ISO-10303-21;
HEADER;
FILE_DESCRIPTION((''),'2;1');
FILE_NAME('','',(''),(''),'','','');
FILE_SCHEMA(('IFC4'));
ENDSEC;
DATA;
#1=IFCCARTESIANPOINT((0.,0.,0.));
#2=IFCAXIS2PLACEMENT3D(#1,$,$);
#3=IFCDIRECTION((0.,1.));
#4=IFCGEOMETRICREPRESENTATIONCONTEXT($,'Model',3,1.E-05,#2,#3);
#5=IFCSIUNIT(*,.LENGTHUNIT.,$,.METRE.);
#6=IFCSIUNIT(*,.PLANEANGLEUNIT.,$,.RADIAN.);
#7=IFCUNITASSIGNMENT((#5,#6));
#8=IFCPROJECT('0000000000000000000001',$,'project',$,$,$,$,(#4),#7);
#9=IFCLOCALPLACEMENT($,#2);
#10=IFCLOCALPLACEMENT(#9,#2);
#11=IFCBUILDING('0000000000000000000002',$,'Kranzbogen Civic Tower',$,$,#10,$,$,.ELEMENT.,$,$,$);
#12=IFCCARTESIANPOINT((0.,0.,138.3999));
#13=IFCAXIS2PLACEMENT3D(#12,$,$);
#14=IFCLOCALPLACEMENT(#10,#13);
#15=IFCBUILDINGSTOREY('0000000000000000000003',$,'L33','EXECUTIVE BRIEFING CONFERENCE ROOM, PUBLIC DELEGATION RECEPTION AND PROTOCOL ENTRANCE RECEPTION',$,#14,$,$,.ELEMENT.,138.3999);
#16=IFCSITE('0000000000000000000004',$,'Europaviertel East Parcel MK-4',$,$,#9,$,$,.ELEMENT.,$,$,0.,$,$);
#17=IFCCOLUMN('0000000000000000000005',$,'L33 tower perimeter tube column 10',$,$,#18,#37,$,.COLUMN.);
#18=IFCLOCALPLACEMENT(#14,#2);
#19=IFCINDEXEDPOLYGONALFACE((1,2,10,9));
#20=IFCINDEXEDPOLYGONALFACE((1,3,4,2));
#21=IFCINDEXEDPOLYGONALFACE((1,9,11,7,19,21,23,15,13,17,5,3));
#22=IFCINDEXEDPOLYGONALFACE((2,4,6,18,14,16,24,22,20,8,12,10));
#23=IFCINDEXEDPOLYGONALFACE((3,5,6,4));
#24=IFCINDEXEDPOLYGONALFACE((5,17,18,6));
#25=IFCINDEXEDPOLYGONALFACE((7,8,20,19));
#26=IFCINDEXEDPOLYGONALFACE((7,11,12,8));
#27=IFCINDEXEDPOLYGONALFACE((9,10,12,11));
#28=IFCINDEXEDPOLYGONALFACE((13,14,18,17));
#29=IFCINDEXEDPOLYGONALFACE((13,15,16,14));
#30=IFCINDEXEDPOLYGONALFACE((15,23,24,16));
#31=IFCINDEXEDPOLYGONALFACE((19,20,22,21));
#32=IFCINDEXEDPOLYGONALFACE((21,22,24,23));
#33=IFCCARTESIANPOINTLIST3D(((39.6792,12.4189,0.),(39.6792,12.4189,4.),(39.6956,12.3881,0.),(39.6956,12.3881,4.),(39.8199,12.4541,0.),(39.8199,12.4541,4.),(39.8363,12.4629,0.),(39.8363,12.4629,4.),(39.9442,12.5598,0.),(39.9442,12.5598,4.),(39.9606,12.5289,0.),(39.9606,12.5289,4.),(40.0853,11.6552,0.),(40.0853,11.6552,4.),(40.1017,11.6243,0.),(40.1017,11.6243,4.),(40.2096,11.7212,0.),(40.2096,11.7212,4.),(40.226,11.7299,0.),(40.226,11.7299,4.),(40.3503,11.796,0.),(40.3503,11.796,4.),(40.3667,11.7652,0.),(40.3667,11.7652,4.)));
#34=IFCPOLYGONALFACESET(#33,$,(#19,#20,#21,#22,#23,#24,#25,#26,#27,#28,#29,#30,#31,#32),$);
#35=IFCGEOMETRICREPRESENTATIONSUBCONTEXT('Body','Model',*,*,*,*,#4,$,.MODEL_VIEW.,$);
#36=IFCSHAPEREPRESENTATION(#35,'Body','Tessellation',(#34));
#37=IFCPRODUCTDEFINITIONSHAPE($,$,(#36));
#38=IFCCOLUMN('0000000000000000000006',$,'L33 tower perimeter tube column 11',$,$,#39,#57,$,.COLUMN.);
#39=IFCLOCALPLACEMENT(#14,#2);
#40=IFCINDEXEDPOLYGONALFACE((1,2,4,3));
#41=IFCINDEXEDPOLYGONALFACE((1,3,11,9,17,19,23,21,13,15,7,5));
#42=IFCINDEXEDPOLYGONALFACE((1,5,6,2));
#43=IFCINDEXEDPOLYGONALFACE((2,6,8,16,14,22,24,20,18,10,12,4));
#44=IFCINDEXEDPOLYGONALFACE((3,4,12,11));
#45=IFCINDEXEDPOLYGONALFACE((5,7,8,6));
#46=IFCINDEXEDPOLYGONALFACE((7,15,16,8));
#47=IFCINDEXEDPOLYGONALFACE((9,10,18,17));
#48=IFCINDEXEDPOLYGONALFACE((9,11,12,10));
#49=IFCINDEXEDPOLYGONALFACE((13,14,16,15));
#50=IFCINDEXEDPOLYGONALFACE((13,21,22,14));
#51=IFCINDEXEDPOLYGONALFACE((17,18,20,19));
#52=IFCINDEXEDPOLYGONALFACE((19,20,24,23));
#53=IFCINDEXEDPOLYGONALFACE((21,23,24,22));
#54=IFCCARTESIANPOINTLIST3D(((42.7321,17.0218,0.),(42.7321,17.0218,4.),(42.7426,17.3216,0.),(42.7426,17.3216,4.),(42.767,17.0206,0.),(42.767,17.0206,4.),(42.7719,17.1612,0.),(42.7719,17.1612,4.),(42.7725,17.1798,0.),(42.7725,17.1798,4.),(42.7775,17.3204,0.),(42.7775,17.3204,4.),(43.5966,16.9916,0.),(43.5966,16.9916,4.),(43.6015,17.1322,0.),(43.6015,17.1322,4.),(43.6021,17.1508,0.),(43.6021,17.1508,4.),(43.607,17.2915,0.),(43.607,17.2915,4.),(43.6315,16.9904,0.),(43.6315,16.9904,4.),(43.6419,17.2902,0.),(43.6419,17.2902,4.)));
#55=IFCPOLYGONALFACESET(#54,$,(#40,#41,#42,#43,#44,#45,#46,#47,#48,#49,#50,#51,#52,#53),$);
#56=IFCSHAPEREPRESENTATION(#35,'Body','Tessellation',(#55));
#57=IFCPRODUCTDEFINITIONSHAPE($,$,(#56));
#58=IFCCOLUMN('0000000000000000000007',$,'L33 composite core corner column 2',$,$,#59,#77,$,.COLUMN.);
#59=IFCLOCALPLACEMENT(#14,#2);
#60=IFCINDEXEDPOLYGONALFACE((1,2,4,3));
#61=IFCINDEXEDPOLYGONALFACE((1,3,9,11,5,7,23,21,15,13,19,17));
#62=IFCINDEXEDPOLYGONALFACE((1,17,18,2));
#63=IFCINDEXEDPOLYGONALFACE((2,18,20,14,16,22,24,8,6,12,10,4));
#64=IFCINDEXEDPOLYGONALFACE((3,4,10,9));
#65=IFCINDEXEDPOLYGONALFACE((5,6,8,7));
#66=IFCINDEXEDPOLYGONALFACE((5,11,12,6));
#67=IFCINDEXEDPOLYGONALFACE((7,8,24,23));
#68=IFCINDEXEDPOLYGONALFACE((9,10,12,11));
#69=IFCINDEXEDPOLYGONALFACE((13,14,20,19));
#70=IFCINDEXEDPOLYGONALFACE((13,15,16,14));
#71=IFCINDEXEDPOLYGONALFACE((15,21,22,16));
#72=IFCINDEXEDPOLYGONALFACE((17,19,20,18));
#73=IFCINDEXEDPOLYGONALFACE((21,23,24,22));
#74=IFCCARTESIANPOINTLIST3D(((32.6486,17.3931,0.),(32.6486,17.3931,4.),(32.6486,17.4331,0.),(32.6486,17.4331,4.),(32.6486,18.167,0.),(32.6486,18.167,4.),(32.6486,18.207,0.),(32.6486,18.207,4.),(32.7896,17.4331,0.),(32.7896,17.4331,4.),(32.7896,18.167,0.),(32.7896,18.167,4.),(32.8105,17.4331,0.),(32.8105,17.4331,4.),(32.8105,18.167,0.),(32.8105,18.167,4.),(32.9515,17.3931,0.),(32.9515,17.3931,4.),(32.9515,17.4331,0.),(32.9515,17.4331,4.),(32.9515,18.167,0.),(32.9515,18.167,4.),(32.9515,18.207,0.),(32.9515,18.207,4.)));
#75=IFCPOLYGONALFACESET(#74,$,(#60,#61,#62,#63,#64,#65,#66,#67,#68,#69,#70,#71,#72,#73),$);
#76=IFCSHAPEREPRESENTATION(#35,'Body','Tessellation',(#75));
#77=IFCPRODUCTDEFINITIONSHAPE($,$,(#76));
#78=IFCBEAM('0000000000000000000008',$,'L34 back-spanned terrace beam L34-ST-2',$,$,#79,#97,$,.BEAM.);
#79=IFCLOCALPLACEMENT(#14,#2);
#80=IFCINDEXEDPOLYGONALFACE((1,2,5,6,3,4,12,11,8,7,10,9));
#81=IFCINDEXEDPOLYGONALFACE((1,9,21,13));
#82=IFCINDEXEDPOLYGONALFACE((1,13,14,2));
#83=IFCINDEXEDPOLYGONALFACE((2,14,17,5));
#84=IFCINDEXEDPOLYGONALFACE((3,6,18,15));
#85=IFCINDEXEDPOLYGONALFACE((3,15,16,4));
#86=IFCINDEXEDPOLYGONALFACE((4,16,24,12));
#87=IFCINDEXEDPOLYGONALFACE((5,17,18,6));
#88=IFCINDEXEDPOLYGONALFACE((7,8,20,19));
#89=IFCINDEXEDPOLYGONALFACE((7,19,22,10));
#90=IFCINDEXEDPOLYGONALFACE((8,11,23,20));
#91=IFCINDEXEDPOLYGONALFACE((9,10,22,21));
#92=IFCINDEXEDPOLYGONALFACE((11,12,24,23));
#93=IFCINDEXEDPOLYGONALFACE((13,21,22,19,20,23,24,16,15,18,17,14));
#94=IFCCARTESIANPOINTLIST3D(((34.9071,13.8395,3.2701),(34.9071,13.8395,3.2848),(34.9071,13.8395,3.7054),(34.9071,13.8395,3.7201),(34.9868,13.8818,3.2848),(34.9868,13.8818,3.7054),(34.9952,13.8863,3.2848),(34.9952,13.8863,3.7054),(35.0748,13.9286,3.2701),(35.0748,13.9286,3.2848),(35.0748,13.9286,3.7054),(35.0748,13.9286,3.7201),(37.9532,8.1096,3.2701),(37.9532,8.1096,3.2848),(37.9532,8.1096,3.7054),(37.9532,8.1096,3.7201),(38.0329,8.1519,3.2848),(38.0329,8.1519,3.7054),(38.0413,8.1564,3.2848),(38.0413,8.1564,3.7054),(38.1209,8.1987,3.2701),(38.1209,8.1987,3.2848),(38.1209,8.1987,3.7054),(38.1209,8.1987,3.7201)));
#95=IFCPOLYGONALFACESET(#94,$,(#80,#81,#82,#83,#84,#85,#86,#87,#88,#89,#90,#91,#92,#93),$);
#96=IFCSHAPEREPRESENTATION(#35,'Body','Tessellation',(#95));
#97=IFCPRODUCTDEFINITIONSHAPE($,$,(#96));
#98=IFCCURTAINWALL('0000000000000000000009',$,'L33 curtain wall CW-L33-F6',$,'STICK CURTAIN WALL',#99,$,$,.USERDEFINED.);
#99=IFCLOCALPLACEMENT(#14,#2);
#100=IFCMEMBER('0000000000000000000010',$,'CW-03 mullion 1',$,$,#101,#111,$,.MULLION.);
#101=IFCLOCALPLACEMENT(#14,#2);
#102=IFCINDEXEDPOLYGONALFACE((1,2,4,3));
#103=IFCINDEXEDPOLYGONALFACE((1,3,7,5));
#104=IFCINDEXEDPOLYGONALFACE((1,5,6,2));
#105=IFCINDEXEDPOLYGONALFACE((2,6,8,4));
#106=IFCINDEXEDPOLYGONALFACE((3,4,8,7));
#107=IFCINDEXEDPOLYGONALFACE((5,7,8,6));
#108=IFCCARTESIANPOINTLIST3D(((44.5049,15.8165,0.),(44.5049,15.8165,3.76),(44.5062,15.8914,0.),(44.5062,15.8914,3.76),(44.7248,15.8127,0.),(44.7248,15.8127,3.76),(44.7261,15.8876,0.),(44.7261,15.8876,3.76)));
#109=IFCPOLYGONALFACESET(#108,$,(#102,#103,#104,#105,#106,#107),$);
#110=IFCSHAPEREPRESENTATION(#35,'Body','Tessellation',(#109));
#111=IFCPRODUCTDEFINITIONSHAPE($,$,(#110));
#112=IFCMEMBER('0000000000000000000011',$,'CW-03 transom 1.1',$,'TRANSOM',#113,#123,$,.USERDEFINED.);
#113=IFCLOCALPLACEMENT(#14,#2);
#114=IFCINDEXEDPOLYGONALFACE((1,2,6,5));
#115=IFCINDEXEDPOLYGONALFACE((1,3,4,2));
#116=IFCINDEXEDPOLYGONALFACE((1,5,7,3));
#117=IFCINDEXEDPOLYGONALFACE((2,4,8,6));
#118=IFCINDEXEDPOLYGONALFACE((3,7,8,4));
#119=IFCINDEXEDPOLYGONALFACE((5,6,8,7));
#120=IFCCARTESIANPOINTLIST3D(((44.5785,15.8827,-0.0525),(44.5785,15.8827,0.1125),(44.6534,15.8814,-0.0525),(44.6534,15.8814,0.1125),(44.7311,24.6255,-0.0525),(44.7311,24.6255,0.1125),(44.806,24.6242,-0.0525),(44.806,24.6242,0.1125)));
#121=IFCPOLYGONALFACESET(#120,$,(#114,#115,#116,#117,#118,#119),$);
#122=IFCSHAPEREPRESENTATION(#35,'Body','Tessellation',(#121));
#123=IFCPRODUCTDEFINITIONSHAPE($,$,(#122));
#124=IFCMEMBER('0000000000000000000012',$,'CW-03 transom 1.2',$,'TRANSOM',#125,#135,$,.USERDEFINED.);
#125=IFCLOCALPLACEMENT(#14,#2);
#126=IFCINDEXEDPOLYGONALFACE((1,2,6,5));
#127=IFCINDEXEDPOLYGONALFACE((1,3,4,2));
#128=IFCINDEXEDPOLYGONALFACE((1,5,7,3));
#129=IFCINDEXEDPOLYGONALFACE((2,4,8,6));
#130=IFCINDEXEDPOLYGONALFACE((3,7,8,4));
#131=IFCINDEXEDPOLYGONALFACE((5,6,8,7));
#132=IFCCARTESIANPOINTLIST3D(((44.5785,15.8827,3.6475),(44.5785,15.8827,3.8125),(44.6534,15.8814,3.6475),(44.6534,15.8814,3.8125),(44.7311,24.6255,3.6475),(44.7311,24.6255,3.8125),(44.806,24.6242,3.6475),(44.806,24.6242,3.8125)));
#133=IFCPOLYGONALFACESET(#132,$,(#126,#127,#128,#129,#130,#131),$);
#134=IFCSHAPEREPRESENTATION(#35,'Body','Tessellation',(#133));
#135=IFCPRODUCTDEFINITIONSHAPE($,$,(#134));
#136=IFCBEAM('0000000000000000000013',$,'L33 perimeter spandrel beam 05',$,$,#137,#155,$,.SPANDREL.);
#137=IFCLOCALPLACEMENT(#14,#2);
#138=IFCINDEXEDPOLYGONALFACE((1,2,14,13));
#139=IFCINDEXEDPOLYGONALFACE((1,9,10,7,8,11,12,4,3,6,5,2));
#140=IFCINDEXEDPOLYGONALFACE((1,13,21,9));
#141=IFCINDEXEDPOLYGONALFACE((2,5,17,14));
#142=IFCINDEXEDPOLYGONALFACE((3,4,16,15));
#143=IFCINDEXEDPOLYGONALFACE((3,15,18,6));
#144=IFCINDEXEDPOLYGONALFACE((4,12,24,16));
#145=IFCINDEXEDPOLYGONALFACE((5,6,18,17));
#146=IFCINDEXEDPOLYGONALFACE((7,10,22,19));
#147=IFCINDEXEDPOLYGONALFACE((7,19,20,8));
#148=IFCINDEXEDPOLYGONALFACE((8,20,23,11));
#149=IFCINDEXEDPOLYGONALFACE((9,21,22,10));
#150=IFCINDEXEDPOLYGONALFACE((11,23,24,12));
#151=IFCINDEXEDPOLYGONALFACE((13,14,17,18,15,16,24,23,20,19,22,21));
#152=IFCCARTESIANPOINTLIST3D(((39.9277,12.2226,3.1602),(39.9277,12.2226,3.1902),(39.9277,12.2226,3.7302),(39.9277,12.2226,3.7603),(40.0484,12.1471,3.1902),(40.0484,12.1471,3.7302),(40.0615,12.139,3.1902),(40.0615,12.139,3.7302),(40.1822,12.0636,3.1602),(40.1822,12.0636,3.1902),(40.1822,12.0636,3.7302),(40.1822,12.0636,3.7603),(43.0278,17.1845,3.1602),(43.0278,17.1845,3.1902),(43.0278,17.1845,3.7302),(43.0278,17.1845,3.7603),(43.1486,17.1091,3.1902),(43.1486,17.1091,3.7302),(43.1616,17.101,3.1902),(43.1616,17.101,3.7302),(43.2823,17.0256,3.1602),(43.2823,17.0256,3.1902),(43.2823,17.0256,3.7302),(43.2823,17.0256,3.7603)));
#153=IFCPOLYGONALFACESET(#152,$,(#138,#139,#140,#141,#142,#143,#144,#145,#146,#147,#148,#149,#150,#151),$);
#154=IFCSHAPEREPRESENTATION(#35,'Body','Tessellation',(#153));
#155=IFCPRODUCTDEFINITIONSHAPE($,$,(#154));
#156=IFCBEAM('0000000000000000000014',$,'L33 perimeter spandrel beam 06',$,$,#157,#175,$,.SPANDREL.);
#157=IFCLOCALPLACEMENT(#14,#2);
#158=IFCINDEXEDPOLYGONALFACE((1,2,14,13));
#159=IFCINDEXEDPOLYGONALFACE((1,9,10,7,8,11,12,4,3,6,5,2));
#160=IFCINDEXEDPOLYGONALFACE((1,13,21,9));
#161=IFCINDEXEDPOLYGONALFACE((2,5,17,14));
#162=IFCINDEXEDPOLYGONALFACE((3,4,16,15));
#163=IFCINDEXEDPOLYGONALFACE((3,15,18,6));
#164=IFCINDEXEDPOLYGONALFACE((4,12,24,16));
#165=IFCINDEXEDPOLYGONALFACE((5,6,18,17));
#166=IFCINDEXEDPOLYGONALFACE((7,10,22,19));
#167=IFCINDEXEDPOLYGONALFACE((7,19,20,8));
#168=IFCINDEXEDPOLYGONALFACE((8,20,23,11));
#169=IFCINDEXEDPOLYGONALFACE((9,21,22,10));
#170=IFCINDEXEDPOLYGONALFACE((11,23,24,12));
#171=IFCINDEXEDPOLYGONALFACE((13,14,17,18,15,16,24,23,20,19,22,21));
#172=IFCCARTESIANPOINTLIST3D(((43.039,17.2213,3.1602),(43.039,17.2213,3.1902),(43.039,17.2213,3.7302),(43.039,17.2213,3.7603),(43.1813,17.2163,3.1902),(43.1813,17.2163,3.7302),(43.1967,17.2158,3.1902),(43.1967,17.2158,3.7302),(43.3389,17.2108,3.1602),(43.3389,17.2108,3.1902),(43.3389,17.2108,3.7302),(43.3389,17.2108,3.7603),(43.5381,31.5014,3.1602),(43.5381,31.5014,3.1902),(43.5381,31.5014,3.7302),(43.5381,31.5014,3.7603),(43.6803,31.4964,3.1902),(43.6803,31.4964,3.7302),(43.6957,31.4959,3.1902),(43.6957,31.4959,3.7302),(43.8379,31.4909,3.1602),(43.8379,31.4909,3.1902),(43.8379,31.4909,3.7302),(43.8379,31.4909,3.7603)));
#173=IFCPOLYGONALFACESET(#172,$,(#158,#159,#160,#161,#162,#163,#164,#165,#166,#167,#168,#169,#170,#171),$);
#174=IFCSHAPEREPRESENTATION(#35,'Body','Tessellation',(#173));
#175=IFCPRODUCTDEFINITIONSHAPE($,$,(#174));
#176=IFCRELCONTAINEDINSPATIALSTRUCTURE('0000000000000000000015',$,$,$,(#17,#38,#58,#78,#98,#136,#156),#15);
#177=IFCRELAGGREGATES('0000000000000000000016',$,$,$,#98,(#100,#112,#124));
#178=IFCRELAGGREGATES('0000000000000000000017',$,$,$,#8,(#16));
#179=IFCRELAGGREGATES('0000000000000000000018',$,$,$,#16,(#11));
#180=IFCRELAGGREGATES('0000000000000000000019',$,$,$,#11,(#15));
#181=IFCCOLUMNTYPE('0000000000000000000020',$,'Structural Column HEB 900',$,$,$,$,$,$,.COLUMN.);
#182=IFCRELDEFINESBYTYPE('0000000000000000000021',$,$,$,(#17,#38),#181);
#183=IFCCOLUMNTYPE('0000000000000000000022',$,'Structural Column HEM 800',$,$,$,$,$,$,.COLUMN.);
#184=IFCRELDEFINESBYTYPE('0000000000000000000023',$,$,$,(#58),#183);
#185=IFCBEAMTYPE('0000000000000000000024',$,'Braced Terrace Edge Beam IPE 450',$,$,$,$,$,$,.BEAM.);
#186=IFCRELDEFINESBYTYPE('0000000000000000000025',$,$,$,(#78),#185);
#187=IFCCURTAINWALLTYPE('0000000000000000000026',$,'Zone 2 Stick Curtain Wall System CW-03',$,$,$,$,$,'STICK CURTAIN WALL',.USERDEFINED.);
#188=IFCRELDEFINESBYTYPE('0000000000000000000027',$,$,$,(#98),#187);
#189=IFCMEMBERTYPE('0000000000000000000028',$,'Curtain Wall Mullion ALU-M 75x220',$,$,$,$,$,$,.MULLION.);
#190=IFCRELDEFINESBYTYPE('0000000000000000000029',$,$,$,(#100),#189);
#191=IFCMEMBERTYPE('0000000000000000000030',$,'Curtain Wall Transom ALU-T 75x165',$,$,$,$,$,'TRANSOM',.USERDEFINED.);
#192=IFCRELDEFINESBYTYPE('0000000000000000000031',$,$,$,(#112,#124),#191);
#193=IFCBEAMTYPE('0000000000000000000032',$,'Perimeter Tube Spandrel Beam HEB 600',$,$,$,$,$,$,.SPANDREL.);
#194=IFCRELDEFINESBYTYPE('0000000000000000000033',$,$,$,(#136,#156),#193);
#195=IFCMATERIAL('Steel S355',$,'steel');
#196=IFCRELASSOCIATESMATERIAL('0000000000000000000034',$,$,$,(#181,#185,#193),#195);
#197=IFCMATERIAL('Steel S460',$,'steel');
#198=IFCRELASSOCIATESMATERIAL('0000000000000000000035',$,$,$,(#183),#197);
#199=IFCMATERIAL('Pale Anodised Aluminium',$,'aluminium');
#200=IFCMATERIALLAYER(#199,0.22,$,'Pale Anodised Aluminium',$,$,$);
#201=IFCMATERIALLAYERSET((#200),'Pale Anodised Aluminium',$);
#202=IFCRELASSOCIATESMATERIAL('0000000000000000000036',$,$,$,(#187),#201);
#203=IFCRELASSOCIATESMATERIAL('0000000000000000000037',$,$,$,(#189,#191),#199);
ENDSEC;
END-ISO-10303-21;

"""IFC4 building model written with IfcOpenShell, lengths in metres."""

from ifc_helpers import new_model, si_unit, direction, frame, origin, origin_2d, place, context, subcontext, project, spatial, rectangle, i_section, extrude, material, layer, layer_set, material_profile, profile_set, type_object, element, aggregate, save


model = new_model("IFC4")

# Units and contexts
model_context = context("Model", 3, precision=1e-05, world=origin(), true_north=direction((0.0, 1.0)))
body_context = subcontext(model_context, "Body", "Model", "MODEL_VIEW")
ifc_project = project(units=[si_unit("LENGTHUNIT", "METRE"), si_unit("PLANEANGLEUNIT", "RADIAN")], contexts=[model_context])

# Site, building, storey
site_placement = place(None, origin())
site = spatial("IfcSite", under=ifc_project, at=site_placement, Name="Europaviertel East Parcel MK-4", CompositionType="ELEMENT", RefElevation=0.0)
building_placement = place(site_placement, origin())
building = spatial("IfcBuilding", under=site, at=building_placement, Name="Kranzbogen Civic Tower", CompositionType="ELEMENT")
storey_placement = place(building_placement, frame((0.0, 0.0, 138.3999)))
storey = spatial("IfcBuildingStorey", under=building, at=storey_placement, Name="L33", Description="EXECUTIVE BRIEFING CONFERENCE ROOM, PUBLIC DELEGATION RECEPTION AND PROTOCOL ENTRANCE RECEPTION", CompositionType="ELEMENT", Elevation=138.3999)

# Columns
ifc_material_1 = material(Name="Steel S355", Category="steel")
ifc_material_profile_1 = material_profile(ifc_material_1, i_section(OverallWidth=0.3, OverallDepth=0.8999, WebThickness=0.0186, FlangeThickness=0.0349, at=origin_2d()), Name="HEB 900")
ifc_profile_set_1 = profile_set([ifc_material_profile_1], Name="Steel S355")
column_type_1 = type_object("IfcColumnType", Name="Structural Column HEB 900", PredefinedType="COLUMN", material=ifc_profile_set_1)
for number, where, z_axis, x_axis, name in (
    (1, (40.0229, 12.092, 0.0), (0.0, 0.0, 1.0), (0.882948, 0.469472, 0.0), "L33 tower perimeter tube column 10"),
    (2, (43.187, 17.156, 0.0), (0.0, 0.0, 1.0), (0.034899, 0.999391, 0.0), "L33 tower perimeter tube column 11"),
):
    element("IfcColumn", number, at=place(storey_placement, frame(where, z_axis=z_axis, x_axis=x_axis)), inside=storey, type_object=column_type_1, Name=name, PredefinedType="COLUMN", context=body_context, shape_type="SweptSolid", body=[
        extrude(i_section(OverallWidth=0.3, OverallDepth=0.8999, WebThickness=0.0186, FlangeThickness=0.0349, at=origin_2d()), origin(), (0.0, 0.0, 1.0), 4.0),
    ])
ifc_material_2 = material(Name="Steel S460", Category="steel")
ifc_material_profile_2 = material_profile(ifc_material_2, i_section(OverallWidth=0.303, OverallDepth=0.814, WebThickness=0.021, FlangeThickness=0.04, at=origin_2d()), Name="HEM 800")
ifc_profile_set_2 = profile_set([ifc_material_profile_2], Name="Steel S460")
column_type_2 = type_object("IfcColumnType", Name="Structural Column HEM 800", PredefinedType="COLUMN", material=ifc_profile_set_2)
column_placement = place(storey_placement, frame((32.8, 17.8, 0.0), z_axis=(0.0, 0.0, 1.0), x_axis=(1.0, 0.0, 0.0)))
element("IfcColumn", 3, at=column_placement, inside=storey, type_object=column_type_2, Name="L33 composite core corner column 2", PredefinedType="COLUMN", context=body_context, shape_type="SweptSolid", body=[
    extrude(i_section(OverallWidth=0.303, OverallDepth=0.814, WebThickness=0.021, FlangeThickness=0.04, at=origin_2d()), origin(), (0.0, 0.0, 1.0), 4.0),
])

# Beam
ifc_material_profile_3 = material_profile(ifc_material_1, i_section(OverallWidth=0.1899, OverallDepth=0.45, WebThickness=0.0095, FlangeThickness=0.0146, at=origin_2d()), Name="IPE 450")
ifc_profile_set_3 = profile_set([ifc_material_profile_3], Name="Steel S355")
beam_type_1 = type_object("IfcBeamType", Name="Braced Terrace Edge Beam IPE 450", PredefinedType="BEAM", material=ifc_profile_set_3)
beam_1_placement = place(storey_placement, frame((34.991, 13.884, 3.4951), z_axis=(0.469406, -0.882982, 0.0), x_axis=(0.882982, 0.469406, 0.0)))
element("IfcBeam", 4, at=beam_1_placement, inside=storey, type_object=beam_type_1, Name="L34 back-spanned terrace beam L34-ST-2", PredefinedType="BEAM", context=body_context, shape_type="SweptSolid", body=[
    extrude(i_section(OverallWidth=0.1899, OverallDepth=0.45, WebThickness=0.0095, FlangeThickness=0.0146, at=origin_2d()), origin(), (0.0, 0.0, 1.0), 6.4893),
])

# Curtain wall, members
ifc_material_3 = material(Name="Pale Anodised Aluminium", Category="aluminium")
ifc_layer_1 = layer(ifc_material_3, 0.22, Name="Pale Anodised Aluminium")
ifc_layer_set_1 = layer_set([ifc_layer_1], Name="Pale Anodised Aluminium")
curtain_wall_type = type_object("IfcCurtainWallType", Name="Zone 2 Stick Curtain Wall System CW-03", ElementType="STICK CURTAIN WALL", PredefinedType="USERDEFINED", material=ifc_layer_set_1)
curtain_wall_placement = place(storey_placement, origin())
curtain_wall = element("IfcCurtainWall", 5, at=curtain_wall_placement, inside=storey, type_object=curtain_wall_type, Name="L33 curtain wall CW-L33-F6", ObjectType="STICK CURTAIN WALL", PredefinedType="USERDEFINED")
ifc_material_profile_4 = material_profile(ifc_material_3, rectangle(XDim=0.075, YDim=0.22, at=origin_2d()), Name="ALU-M 75x220")
ifc_profile_set_4 = profile_set([ifc_material_profile_4], Name="Pale Anodised Aluminium")
member_type_1 = type_object("IfcMemberType", Name="Curtain Wall Mullion ALU-M 75x220", PredefinedType="MULLION", material=ifc_profile_set_4)
member_1_placement = place(storey_placement, frame((44.6155, 15.8521, 0.0), z_axis=(0.0, 0.0, 1.0), x_axis=(0.017432, 0.999848, 0.0)))
member_1 = element("IfcMember", 6, at=member_1_placement, type_object=member_type_1, Name="CW-03 mullion 1", PredefinedType="MULLION", context=body_context, shape_type="SweptSolid", body=[
    extrude(rectangle(XDim=0.075, YDim=0.22, at=origin_2d()), origin(), (0.0, 0.0, 1.0), 3.76),
])
ifc_material_profile_5 = material_profile(ifc_material_3, rectangle(XDim=0.075, YDim=0.165, at=origin_2d()), Name="ALU-T 75x165")
ifc_profile_set_5 = profile_set([ifc_material_profile_5], Name="Pale Anodised Aluminium")
member_type_2 = type_object("IfcMemberType", Name="Curtain Wall Transom ALU-T 75x165", ElementType="TRANSOM", PredefinedType="USERDEFINED", material=ifc_profile_set_5)
member_2_placement = place(storey_placement, frame((44.616, 15.8821, 0.03), z_axis=(0.01745, 0.999848, 0.0), x_axis=(-0.999848, 0.01745, 0.0)))
member_2 = element("IfcMember", 7, at=member_2_placement, type_object=member_type_2, Name="CW-03 transom 1.1", ObjectType="TRANSOM", PredefinedType="USERDEFINED", context=body_context, shape_type="SweptSolid", body=[
    extrude(rectangle(XDim=0.075, YDim=0.165, at=origin_2d()), origin(), (0.0, 0.0, 1.0), 8.7441),
])
member_3_placement = place(storey_placement, frame((44.616, 15.8821, 3.73), z_axis=(0.01745, 0.999848, 0.0), x_axis=(-0.999848, 0.01745, 0.0)))
member_3 = element("IfcMember", 8, at=member_3_placement, type_object=member_type_2, Name="CW-03 transom 1.2", ObjectType="TRANSOM", PredefinedType="USERDEFINED", context=body_context, shape_type="SweptSolid", body=[
    extrude(rectangle(XDim=0.075, YDim=0.165, at=origin_2d()), origin(), (0.0, 0.0, 1.0), 8.7441),
])

# Beams
ifc_material_profile_6 = material_profile(ifc_material_1, i_section(OverallWidth=0.3, OverallDepth=0.6001, WebThickness=0.0154, FlangeThickness=0.03, at=origin_2d()), Name="HEB 600")
ifc_profile_set_6 = profile_set([ifc_material_profile_6], Name="Steel S355")
beam_type_2 = type_object("IfcBeamType", Name="Perimeter Tube Spandrel Beam HEB 600", PredefinedType="SPANDREL", material=ifc_profile_set_6)
beam_2_placement = place(storey_placement, frame((40.0549, 12.1431, 3.4602), z_axis=(0.529864, 0.848083, 0.0), x_axis=(-0.848083, 0.529864, 0.0)))
element("IfcBeam", 9, at=beam_2_placement, inside=storey, type_object=beam_type_2, Name="L33 perimeter spandrel beam 05", PredefinedType="SPANDREL", context=body_context, shape_type="SweptSolid", body=[
    extrude(i_section(OverallWidth=0.3, OverallDepth=0.6001, WebThickness=0.0154, FlangeThickness=0.03, at=origin_2d()), origin(), (0.0, 0.0, 1.0), 5.8508),
])
beam_3_placement = place(storey_placement, frame((43.189, 17.2161, 3.4602), z_axis=(0.034924, 0.99939, 0.0), x_axis=(-0.99939, 0.034924, 0.0)))
element("IfcBeam", 10, at=beam_3_placement, inside=storey, type_object=beam_type_2, Name="L33 perimeter spandrel beam 06", PredefinedType="SPANDREL", context=body_context, shape_type="SweptSolid", body=[
    extrude(i_section(OverallWidth=0.3, OverallDepth=0.6001, WebThickness=0.0154, FlangeThickness=0.03, at=origin_2d()), origin(), (0.0, 0.0, 1.0), 14.2888),
])

aggregate(curtain_wall, [member_1, member_2, member_3])

save(model, "model.ifc")
